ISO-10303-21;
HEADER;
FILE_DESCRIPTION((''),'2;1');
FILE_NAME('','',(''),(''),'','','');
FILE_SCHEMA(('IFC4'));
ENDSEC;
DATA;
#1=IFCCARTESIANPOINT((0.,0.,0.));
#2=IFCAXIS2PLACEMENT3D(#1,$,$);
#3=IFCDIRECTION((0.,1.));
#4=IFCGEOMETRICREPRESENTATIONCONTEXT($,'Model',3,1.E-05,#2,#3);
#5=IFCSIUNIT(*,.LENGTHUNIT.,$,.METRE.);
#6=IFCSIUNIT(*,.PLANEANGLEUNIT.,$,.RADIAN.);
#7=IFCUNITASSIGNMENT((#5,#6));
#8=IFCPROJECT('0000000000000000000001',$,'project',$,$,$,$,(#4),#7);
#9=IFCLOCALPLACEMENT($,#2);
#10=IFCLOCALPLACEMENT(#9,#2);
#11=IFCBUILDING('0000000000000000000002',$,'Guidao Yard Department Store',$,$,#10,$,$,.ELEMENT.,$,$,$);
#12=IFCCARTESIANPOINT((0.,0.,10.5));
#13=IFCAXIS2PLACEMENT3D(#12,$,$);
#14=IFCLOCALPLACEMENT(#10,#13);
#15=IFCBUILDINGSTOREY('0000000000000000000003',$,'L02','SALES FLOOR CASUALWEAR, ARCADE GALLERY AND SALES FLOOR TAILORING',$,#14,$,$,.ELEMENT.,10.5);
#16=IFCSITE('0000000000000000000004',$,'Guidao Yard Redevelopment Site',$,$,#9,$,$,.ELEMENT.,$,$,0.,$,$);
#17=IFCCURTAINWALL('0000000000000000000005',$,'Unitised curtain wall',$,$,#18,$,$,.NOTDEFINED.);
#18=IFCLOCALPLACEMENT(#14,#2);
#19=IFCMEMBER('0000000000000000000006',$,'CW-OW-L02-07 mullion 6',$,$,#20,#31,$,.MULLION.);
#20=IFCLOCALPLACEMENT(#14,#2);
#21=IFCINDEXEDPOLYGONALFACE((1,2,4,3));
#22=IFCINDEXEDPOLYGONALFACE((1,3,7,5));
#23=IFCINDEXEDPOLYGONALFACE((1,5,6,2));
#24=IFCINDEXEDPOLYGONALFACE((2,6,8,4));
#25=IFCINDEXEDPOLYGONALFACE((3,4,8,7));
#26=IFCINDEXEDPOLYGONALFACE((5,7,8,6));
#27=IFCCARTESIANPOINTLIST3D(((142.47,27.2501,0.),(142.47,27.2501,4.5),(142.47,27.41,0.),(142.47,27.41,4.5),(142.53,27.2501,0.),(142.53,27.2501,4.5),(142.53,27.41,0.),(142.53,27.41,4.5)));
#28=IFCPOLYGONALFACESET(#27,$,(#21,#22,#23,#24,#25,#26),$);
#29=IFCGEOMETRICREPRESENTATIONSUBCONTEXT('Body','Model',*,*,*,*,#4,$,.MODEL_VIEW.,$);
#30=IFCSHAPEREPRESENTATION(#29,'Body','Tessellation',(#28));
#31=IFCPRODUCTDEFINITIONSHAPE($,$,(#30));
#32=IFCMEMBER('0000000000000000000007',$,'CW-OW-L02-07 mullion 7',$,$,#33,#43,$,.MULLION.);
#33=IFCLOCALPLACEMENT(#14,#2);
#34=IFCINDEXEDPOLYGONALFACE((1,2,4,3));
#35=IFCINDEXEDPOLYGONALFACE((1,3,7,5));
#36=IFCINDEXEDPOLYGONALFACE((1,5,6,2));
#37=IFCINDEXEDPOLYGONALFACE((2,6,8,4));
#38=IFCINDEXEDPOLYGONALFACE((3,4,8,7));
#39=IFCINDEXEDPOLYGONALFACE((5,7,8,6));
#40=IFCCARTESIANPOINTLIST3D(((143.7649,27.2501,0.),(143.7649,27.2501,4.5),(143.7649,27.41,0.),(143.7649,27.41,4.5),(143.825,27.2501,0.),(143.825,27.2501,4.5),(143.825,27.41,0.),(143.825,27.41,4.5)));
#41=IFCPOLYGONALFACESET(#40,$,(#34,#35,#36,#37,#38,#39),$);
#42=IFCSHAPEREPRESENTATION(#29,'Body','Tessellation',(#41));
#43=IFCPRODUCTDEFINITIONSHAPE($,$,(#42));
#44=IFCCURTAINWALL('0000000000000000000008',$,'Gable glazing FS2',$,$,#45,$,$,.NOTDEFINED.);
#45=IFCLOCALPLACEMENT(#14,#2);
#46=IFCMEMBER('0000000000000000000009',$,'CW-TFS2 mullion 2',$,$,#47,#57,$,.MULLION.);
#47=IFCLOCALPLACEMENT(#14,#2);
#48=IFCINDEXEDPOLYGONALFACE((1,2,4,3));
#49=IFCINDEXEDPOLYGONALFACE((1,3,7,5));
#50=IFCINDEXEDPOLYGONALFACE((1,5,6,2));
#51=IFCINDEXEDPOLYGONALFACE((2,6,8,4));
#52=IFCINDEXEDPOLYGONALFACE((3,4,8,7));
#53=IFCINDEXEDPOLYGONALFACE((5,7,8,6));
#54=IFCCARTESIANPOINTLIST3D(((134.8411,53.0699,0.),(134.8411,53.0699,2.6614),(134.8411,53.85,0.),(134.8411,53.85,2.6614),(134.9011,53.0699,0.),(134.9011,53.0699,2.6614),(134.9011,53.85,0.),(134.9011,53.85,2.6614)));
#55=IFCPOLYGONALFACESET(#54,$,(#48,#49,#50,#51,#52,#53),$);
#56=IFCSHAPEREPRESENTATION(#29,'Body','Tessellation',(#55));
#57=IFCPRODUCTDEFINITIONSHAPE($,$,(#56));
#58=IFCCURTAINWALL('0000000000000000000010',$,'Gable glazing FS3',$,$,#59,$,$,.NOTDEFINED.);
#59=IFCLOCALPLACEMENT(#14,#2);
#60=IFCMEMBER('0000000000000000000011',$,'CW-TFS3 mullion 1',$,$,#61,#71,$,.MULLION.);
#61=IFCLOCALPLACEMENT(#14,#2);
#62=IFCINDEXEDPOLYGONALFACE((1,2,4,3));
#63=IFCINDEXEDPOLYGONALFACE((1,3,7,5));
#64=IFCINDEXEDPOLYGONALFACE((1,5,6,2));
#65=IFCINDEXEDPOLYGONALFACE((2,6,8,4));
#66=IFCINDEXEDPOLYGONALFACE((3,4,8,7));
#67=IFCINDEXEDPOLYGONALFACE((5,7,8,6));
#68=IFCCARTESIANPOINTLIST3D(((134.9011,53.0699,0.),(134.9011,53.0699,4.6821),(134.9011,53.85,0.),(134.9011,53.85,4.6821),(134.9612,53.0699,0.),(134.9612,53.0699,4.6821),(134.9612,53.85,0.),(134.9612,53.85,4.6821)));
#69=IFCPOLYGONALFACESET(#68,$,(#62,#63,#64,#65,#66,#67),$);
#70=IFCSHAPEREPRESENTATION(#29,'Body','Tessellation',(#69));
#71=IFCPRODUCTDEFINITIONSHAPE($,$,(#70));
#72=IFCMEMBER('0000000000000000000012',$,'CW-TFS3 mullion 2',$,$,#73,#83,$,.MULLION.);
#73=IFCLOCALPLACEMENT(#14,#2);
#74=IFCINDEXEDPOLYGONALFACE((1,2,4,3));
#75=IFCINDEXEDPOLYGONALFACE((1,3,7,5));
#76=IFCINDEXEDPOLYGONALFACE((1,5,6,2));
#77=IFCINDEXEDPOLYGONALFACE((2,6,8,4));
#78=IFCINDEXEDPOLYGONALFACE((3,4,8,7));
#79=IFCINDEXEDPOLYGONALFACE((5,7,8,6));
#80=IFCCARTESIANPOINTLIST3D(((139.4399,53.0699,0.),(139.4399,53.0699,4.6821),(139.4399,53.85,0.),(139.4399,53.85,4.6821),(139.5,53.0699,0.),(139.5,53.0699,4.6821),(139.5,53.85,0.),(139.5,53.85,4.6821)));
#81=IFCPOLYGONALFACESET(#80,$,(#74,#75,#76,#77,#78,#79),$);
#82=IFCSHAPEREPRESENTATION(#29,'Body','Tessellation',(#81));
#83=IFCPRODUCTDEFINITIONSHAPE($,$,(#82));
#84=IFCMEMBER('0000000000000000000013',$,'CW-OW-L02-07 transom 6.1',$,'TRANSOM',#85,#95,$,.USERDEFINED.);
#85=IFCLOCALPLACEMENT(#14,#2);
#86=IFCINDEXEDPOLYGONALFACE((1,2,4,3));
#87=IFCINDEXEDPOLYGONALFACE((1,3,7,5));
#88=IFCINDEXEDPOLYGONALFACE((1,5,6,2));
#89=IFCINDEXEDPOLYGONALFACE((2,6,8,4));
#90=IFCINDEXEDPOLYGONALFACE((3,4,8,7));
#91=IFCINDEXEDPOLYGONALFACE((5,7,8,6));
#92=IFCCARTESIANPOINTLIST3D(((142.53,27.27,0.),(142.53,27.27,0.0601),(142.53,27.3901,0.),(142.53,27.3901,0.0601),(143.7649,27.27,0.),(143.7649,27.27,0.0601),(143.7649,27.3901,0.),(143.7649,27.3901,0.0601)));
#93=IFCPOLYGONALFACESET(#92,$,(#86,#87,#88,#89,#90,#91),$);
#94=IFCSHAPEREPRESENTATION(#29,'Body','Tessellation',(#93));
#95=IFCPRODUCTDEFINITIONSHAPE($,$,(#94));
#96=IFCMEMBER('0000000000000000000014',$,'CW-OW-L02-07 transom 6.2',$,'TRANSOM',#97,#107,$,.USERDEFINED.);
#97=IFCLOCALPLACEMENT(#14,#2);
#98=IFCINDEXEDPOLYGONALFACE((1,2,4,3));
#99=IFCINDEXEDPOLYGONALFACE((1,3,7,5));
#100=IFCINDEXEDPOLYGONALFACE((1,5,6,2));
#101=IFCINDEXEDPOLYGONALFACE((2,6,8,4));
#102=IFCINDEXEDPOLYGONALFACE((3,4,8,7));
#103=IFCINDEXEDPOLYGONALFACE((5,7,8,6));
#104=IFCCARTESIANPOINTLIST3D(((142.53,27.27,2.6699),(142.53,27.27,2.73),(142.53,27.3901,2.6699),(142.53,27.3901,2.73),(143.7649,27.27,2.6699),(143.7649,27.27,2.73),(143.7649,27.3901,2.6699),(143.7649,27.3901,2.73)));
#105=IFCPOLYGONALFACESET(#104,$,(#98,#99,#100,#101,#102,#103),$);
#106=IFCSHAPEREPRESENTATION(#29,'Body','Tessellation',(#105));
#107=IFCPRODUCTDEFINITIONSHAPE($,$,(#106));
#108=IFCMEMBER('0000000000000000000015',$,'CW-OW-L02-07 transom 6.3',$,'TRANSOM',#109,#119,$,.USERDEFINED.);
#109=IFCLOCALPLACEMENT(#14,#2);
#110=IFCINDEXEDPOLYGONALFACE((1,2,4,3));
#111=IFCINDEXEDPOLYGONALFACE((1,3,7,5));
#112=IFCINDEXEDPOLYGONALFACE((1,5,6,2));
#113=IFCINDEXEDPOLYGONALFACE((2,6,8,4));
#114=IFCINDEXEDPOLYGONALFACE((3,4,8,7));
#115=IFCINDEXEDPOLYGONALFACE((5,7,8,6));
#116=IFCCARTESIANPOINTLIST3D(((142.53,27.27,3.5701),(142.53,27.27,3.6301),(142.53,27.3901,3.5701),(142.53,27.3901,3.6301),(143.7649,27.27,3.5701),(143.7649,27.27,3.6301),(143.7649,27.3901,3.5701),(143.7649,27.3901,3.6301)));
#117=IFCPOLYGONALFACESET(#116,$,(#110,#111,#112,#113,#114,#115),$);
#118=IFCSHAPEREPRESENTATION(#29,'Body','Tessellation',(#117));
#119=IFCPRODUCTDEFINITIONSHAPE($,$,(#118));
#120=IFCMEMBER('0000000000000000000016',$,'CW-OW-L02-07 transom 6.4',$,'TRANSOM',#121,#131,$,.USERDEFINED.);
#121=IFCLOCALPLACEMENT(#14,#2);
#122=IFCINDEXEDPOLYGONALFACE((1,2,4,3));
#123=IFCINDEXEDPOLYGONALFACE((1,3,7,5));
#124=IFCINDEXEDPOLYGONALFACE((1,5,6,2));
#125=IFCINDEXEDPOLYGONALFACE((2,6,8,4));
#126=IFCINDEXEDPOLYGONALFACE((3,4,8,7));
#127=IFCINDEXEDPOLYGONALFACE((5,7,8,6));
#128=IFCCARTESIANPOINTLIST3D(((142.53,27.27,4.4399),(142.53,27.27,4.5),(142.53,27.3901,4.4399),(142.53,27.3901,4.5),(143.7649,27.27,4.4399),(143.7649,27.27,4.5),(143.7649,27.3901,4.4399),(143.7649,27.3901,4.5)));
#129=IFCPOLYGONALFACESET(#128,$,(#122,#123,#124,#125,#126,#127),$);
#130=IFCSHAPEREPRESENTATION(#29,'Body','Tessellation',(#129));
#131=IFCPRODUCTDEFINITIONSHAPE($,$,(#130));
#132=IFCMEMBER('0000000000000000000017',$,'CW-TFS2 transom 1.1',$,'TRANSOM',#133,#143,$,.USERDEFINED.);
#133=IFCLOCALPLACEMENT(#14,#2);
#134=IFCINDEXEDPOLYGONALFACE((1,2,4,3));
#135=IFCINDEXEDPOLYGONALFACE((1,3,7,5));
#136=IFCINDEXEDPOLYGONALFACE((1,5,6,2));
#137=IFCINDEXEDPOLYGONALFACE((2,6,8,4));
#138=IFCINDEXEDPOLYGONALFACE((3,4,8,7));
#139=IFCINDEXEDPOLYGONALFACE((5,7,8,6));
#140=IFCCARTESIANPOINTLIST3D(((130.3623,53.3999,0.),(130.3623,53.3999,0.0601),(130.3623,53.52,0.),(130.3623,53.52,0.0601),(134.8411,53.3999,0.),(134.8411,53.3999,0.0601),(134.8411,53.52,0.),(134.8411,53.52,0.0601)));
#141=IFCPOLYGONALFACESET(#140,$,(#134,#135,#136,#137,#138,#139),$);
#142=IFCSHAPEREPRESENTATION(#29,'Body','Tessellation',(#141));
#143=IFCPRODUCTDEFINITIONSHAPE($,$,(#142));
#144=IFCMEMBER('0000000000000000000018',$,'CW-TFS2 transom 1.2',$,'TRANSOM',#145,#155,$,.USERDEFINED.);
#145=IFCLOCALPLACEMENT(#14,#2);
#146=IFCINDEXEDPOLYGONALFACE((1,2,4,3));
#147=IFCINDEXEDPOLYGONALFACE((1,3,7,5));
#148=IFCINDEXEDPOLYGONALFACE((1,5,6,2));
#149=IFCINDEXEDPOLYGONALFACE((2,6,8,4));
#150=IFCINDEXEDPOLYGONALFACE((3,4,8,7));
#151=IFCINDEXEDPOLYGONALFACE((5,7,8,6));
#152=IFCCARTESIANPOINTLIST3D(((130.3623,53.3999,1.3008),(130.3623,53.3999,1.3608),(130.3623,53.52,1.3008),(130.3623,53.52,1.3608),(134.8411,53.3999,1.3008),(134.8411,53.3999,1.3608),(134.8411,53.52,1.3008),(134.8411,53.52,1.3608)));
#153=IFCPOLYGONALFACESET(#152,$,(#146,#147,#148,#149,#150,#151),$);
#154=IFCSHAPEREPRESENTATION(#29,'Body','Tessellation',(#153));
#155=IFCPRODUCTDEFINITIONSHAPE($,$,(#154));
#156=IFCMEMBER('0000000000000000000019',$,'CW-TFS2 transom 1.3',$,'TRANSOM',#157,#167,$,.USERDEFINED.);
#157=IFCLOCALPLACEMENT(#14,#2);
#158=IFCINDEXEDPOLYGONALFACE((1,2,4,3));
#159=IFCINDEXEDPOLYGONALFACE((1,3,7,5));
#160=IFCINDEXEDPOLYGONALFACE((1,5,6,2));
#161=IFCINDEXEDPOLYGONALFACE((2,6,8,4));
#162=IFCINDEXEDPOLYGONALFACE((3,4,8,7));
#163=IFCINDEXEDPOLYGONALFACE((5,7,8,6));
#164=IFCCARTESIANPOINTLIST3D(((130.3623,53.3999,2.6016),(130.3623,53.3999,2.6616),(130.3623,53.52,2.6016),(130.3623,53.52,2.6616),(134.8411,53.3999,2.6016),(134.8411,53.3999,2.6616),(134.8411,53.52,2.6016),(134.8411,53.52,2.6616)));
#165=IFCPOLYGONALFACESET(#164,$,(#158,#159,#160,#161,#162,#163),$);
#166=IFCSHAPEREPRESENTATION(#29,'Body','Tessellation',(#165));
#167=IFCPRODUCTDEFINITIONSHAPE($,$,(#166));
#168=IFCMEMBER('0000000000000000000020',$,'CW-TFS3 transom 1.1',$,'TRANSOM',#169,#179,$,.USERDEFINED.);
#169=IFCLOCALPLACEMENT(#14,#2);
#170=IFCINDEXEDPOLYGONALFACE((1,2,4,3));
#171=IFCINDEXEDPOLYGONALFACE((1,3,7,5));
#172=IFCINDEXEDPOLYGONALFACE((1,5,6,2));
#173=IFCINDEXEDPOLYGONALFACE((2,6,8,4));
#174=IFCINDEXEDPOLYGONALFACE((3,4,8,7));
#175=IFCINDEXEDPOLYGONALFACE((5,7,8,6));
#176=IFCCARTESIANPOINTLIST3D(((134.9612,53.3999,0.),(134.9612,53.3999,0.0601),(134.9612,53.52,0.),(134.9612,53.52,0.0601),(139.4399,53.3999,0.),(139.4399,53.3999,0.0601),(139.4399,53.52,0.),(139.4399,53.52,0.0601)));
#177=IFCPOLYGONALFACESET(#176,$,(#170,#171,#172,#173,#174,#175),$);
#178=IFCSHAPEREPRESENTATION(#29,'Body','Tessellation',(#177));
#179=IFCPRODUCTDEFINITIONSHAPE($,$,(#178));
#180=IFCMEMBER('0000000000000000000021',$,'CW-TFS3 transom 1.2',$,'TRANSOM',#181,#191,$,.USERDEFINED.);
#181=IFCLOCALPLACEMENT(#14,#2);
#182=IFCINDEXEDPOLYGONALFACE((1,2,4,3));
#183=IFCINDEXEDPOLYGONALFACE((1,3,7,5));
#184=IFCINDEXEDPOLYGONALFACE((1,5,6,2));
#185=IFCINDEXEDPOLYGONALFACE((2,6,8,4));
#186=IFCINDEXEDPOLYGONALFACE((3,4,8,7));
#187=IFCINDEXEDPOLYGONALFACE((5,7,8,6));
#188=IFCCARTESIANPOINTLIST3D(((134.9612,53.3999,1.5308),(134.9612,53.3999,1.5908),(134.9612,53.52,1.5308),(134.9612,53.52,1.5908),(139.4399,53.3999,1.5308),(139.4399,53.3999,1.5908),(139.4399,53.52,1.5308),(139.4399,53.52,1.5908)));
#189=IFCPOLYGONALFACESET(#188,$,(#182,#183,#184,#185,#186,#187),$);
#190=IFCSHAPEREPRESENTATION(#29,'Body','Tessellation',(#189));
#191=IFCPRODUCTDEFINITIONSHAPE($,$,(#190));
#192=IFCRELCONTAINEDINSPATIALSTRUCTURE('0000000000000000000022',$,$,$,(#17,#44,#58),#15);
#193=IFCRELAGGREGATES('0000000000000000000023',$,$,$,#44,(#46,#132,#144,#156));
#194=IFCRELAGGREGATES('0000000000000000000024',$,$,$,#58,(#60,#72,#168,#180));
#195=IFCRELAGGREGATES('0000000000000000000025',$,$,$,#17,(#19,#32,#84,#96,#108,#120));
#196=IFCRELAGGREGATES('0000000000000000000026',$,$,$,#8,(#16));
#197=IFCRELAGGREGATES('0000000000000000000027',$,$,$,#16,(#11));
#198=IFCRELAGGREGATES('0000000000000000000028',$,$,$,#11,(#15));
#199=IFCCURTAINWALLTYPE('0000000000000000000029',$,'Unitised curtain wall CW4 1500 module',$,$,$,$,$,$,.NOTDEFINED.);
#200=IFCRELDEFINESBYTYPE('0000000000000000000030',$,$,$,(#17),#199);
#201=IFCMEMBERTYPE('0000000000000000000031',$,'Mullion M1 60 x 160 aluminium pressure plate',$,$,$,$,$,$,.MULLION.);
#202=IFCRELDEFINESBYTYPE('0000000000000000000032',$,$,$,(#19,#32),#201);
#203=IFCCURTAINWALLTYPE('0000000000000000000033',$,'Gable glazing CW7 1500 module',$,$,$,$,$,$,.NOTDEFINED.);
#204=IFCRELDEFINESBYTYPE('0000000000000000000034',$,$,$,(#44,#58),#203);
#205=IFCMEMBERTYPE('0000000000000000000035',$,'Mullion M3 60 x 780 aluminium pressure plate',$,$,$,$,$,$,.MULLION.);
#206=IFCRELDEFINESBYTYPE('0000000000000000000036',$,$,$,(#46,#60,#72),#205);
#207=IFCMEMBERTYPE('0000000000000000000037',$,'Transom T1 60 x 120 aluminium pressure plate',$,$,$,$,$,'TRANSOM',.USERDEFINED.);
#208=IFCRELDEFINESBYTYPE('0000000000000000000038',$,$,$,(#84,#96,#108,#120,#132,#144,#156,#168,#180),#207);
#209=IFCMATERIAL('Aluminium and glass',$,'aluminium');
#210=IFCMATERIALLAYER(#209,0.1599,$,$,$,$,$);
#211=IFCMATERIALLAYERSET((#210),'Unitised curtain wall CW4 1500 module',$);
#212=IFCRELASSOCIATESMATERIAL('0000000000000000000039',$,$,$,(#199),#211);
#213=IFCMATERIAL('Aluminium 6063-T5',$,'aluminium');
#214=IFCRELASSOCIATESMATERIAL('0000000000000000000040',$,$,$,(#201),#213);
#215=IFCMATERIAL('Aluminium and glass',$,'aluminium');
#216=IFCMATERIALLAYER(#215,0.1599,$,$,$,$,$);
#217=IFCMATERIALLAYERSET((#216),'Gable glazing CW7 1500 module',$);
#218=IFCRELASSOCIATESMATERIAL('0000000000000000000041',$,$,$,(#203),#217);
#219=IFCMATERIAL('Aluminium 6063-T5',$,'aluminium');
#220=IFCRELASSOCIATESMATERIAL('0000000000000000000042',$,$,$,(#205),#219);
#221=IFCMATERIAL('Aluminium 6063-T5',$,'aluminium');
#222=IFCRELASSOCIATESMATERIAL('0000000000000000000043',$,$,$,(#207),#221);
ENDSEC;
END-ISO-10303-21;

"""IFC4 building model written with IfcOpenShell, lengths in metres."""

from ifc_helpers import new_model, si_unit, direction, frame, origin, origin_2d, place, context, subcontext, project, spatial, rectangle, extrude, material, layer, layer_set, material_profile, profile_set, type_object, element, aggregate, save


model = new_model("IFC4")

# Units and contexts
model_context = context("Model", 3, precision=1e-05, world=origin(), true_north=direction((0.0, 1.0)))
body_context = subcontext(model_context, "Body", "Model", "MODEL_VIEW")
ifc_project = project(units=[si_unit("LENGTHUNIT", "METRE"), si_unit("PLANEANGLEUNIT", "RADIAN")], contexts=[model_context])

# Site, building, storey
site_placement = place(None, origin())
site = spatial("IfcSite", under=ifc_project, at=site_placement, Name="Guidao Yard Redevelopment Site", CompositionType="ELEMENT", RefElevation=0.0)
building_placement = place(site_placement, origin())
building = spatial("IfcBuilding", under=site, at=building_placement, Name="Guidao Yard Department Store", CompositionType="ELEMENT")
storey_placement = place(building_placement, frame((0.0, 0.0, 10.5)))
storey = spatial("IfcBuildingStorey", under=building, at=storey_placement, Name="L02", Description="SALES FLOOR CASUALWEAR, ARCADE GALLERY AND SALES FLOOR TAILORING", CompositionType="ELEMENT", Elevation=10.5)

# Curtain wall, members
ifc_material_1 = material(Name="Aluminium and glass", Category="aluminium")
ifc_layer_1 = layer(ifc_material_1, 0.1599)
ifc_layer_set_1 = layer_set([ifc_layer_1], Name="Unitised curtain wall CW4 1500 module")
curtain_wall_type_1 = type_object("IfcCurtainWallType", Name="Unitised curtain wall CW4 1500 module", PredefinedType="NOTDEFINED", material=ifc_layer_set_1)
curtain_wall_1_placement = place(storey_placement, origin())
curtain_wall_1 = element("IfcCurtainWall", 1, at=curtain_wall_1_placement, inside=storey, type_object=curtain_wall_type_1, Name="Unitised curtain wall", PredefinedType="NOTDEFINED")
ifc_material_2 = material(Name="Aluminium 6063-T5", Category="aluminium")
ifc_material_profile_1 = material_profile(ifc_material_2, rectangle(XDim=0.0601, YDim=0.1599, at=origin_2d()), Name="Mullion M1 60 x 160 aluminium pressure plate")
ifc_profile_set_1 = profile_set([ifc_material_profile_1], Name="Aluminium 6063-T5")
member_type_1 = type_object("IfcMemberType", Name="Mullion M1 60 x 160 aluminium pressure plate", PredefinedType="MULLION", material=ifc_profile_set_1)
member_1_placement = place(storey_placement, frame((142.5, 27.3301, 0.0), z_axis=(0.0, 0.0, 1.0), x_axis=(1.0, 0.0, 0.0)))
member_1 = element("IfcMember", 2, at=member_1_placement, type_object=member_type_1, Name="CW-OW-L02-07 mullion 6", PredefinedType="MULLION", context=body_context, shape_type="SweptSolid", body=[
    extrude(rectangle(XDim=0.0601, YDim=0.1599, at=origin_2d()), origin(), (0.0, 0.0, 1.0), 4.5),
])
member_2_placement = place(storey_placement, frame((143.7949, 27.3301, 0.0), z_axis=(0.0, 0.0, 1.0), x_axis=(1.0, 0.0, 0.0)))
member_2 = element("IfcMember", 3, at=member_2_placement, type_object=member_type_1, Name="CW-OW-L02-07 mullion 7", PredefinedType="MULLION", context=body_context, shape_type="SweptSolid", body=[
    extrude(rectangle(XDim=0.0601, YDim=0.1599, at=origin_2d()), origin(), (0.0, 0.0, 1.0), 4.5),
])

# Curtain wall, member
ifc_material_3 = material(Name="Aluminium and glass", Category="aluminium")
ifc_layer_2 = layer(ifc_material_3, 0.1599)
ifc_layer_set_2 = layer_set([ifc_layer_2], Name="Gable glazing CW7 1500 module")
curtain_wall_type_2 = type_object("IfcCurtainWallType", Name="Gable glazing CW7 1500 module", PredefinedType="NOTDEFINED", material=ifc_layer_set_2)
curtain_wall_2_placement = place(storey_placement, origin())
curtain_wall_2 = element("IfcCurtainWall", 4, at=curtain_wall_2_placement, inside=storey, type_object=curtain_wall_type_2, Name="Gable glazing FS2", PredefinedType="NOTDEFINED")
ifc_material_4 = material(Name="Aluminium 6063-T5", Category="aluminium")
ifc_material_profile_2 = material_profile(ifc_material_4, rectangle(XDim=0.0601, YDim=0.78, at=origin_2d()), Name="Mullion M3 60 x 780 aluminium pressure plate")
ifc_profile_set_2 = profile_set([ifc_material_profile_2], Name="Aluminium 6063-T5")
member_type_2 = type_object("IfcMemberType", Name="Mullion M3 60 x 780 aluminium pressure plate", PredefinedType="MULLION", material=ifc_profile_set_2)
member_3_placement = place(storey_placement, frame((134.8711, 53.46, 0.0), z_axis=(0.0, 0.0, 1.0), x_axis=(-1.0, 0.0, 0.0)))
member_3 = element("IfcMember", 5, at=member_3_placement, type_object=member_type_2, Name="CW-TFS2 mullion 2", PredefinedType="MULLION", context=body_context, shape_type="SweptSolid", body=[
    extrude(rectangle(XDim=0.0601, YDim=0.78, at=origin_2d()), origin(), (0.0, 0.0, 1.0), 2.6614),
])

# Curtain wall, members
curtain_wall_3_placement = place(storey_placement, origin())
curtain_wall_3 = element("IfcCurtainWall", 6, at=curtain_wall_3_placement, inside=storey, type_object=curtain_wall_type_2, Name="Gable glazing FS3", PredefinedType="NOTDEFINED")
member_4_placement = place(storey_placement, frame((134.9312, 53.46, 0.0), z_axis=(0.0, 0.0, 1.0), x_axis=(-1.0, 0.0, 0.0)))
member_4 = element("IfcMember", 7, at=member_4_placement, type_object=member_type_2, Name="CW-TFS3 mullion 1", PredefinedType="MULLION", context=body_context, shape_type="SweptSolid", body=[
    extrude(rectangle(XDim=0.0601, YDim=0.78, at=origin_2d()), origin(), (0.0, 0.0, 1.0), 4.6821),
])
member_5_placement = place(storey_placement, frame((139.47, 53.46, 0.0), z_axis=(0.0, 0.0, 1.0), x_axis=(-1.0, 0.0, 0.0)))
member_5 = element("IfcMember", 8, at=member_5_placement, type_object=member_type_2, Name="CW-TFS3 mullion 2", PredefinedType="MULLION", context=body_context, shape_type="SweptSolid", body=[
    extrude(rectangle(XDim=0.0601, YDim=0.78, at=origin_2d()), origin(), (0.0, 0.0, 1.0), 4.6821),
])

# Members
ifc_material_5 = material(Name="Aluminium 6063-T5", Category="aluminium")
ifc_material_profile_3 = material_profile(ifc_material_5, rectangle(XDim=0.1201, YDim=0.0601, at=origin_2d()), Name="Transom T1 60 x 120 aluminium pressure plate")
ifc_profile_set_3 = profile_set([ifc_material_profile_3], Name="Aluminium 6063-T5")
member_type_3 = type_object("IfcMemberType", Name="Transom T1 60 x 120 aluminium pressure plate", ElementType="TRANSOM", PredefinedType="USERDEFINED", material=ifc_profile_set_3)
member_6_placement = place(storey_placement, frame((142.53, 27.3301, 0.03), z_axis=(1.0, 0.0, 0.0), x_axis=(0.0, 1.0, 0.0)))
member_6 = element("IfcMember", 9, at=member_6_placement, type_object=member_type_3, Name="CW-OW-L02-07 transom 6.1", ObjectType="TRANSOM", PredefinedType="USERDEFINED", context=body_context, shape_type="SweptSolid", body=[
    extrude(rectangle(XDim=0.1201, YDim=0.0601, at=origin_2d()), origin(), (0.0, 0.0, 1.0), 1.2349),
])
member_7_placement = place(storey_placement, frame((142.53, 27.3301, 2.7), z_axis=(1.0, 0.0, 0.0), x_axis=(0.0, 1.0, 0.0)))
member_7 = element("IfcMember", 10, at=member_7_placement, type_object=member_type_3, Name="CW-OW-L02-07 transom 6.2", ObjectType="TRANSOM", PredefinedType="USERDEFINED", context=body_context, shape_type="SweptSolid", body=[
    extrude(rectangle(XDim=0.1201, YDim=0.0601, at=origin_2d()), origin(), (0.0, 0.0, 1.0), 1.2349),
])
member_8_placement = place(storey_placement, frame((142.53, 27.3301, 3.6001), z_axis=(1.0, 0.0, 0.0), x_axis=(0.0, 1.0, 0.0)))
member_8 = element("IfcMember", 11, at=member_8_placement, type_object=member_type_3, Name="CW-OW-L02-07 transom 6.3", ObjectType="TRANSOM", PredefinedType="USERDEFINED", context=body_context, shape_type="SweptSolid", body=[
    extrude(rectangle(XDim=0.1201, YDim=0.0601, at=origin_2d()), origin(), (0.0, 0.0, 1.0), 1.2349),
])
member_9_placement = place(storey_placement, frame((142.53, 27.3301, 4.47), z_axis=(1.0, 0.0, 0.0), x_axis=(0.0, 1.0, 0.0)))
member_9 = element("IfcMember", 12, at=member_9_placement, type_object=member_type_3, Name="CW-OW-L02-07 transom 6.4", ObjectType="TRANSOM", PredefinedType="USERDEFINED", context=body_context, shape_type="SweptSolid", body=[
    extrude(rectangle(XDim=0.1201, YDim=0.0601, at=origin_2d()), origin(), (0.0, 0.0, 1.0), 1.2349),
])
member_10_placement = place(storey_placement, frame((134.8411, 53.46, 0.03), z_axis=(-1.0, 0.0, 0.0), x_axis=(0.0, -1.0, 0.0)))
member_10 = element("IfcMember", 13, at=member_10_placement, type_object=member_type_3, Name="CW-TFS2 transom 1.1", ObjectType="TRANSOM", PredefinedType="USERDEFINED", context=body_context, shape_type="SweptSolid", body=[
    extrude(rectangle(XDim=0.1201, YDim=0.0601, at=origin_2d()), origin(), (0.0, 0.0, 1.0), 4.4788),
])
member_11_placement = place(storey_placement, frame((134.8411, 53.46, 1.3308), z_axis=(-1.0, 0.0, 0.0), x_axis=(0.0, -1.0, 0.0)))
member_11 = element("IfcMember", 14, at=member_11_placement, type_object=member_type_3, Name="CW-TFS2 transom 1.2", ObjectType="TRANSOM", PredefinedType="USERDEFINED", context=body_context, shape_type="SweptSolid", body=[
    extrude(rectangle(XDim=0.1201, YDim=0.0601, at=origin_2d()), origin(), (0.0, 0.0, 1.0), 4.4788),
])
member_12_placement = place(storey_placement, frame((134.8411, 53.46, 2.6316), z_axis=(-1.0, 0.0, 0.0), x_axis=(0.0, -1.0, 0.0)))
member_12 = element("IfcMember", 15, at=member_12_placement, type_object=member_type_3, Name="CW-TFS2 transom 1.3", ObjectType="TRANSOM", PredefinedType="USERDEFINED", context=body_context, shape_type="SweptSolid", body=[
    extrude(rectangle(XDim=0.1201, YDim=0.0601, at=origin_2d()), origin(), (0.0, 0.0, 1.0), 4.4788),
])
aggregate(curtain_wall_2, [member_3, member_10, member_11, member_12])
member_13_placement = place(storey_placement, frame((139.4399, 53.46, 0.03), z_axis=(-1.0, 0.0, 0.0), x_axis=(0.0, -1.0, 0.0)))
member_13 = element("IfcMember", 16, at=member_13_placement, type_object=member_type_3, Name="CW-TFS3 transom 1.1", ObjectType="TRANSOM", PredefinedType="USERDEFINED", context=body_context, shape_type="SweptSolid", body=[
    extrude(rectangle(XDim=0.1201, YDim=0.0601, at=origin_2d()), origin(), (0.0, 0.0, 1.0), 4.4788),
])
member_14_placement = place(storey_placement, frame((139.4399, 53.46, 1.5608), z_axis=(-1.0, 0.0, 0.0), x_axis=(0.0, -1.0, 0.0)))
member_14 = element("IfcMember", 17, at=member_14_placement, type_object=member_type_3, Name="CW-TFS3 transom 1.2", ObjectType="TRANSOM", PredefinedType="USERDEFINED", context=body_context, shape_type="SweptSolid", body=[
    extrude(rectangle(XDim=0.1201, YDim=0.0601, at=origin_2d()), origin(), (0.0, 0.0, 1.0), 4.4788),
])

aggregate(curtain_wall_3, [member_4, member_5, member_13, member_14])
aggregate(curtain_wall_1, [member_1, member_2, member_6, member_7, member_8, member_9])

save(model, "model.ifc")
